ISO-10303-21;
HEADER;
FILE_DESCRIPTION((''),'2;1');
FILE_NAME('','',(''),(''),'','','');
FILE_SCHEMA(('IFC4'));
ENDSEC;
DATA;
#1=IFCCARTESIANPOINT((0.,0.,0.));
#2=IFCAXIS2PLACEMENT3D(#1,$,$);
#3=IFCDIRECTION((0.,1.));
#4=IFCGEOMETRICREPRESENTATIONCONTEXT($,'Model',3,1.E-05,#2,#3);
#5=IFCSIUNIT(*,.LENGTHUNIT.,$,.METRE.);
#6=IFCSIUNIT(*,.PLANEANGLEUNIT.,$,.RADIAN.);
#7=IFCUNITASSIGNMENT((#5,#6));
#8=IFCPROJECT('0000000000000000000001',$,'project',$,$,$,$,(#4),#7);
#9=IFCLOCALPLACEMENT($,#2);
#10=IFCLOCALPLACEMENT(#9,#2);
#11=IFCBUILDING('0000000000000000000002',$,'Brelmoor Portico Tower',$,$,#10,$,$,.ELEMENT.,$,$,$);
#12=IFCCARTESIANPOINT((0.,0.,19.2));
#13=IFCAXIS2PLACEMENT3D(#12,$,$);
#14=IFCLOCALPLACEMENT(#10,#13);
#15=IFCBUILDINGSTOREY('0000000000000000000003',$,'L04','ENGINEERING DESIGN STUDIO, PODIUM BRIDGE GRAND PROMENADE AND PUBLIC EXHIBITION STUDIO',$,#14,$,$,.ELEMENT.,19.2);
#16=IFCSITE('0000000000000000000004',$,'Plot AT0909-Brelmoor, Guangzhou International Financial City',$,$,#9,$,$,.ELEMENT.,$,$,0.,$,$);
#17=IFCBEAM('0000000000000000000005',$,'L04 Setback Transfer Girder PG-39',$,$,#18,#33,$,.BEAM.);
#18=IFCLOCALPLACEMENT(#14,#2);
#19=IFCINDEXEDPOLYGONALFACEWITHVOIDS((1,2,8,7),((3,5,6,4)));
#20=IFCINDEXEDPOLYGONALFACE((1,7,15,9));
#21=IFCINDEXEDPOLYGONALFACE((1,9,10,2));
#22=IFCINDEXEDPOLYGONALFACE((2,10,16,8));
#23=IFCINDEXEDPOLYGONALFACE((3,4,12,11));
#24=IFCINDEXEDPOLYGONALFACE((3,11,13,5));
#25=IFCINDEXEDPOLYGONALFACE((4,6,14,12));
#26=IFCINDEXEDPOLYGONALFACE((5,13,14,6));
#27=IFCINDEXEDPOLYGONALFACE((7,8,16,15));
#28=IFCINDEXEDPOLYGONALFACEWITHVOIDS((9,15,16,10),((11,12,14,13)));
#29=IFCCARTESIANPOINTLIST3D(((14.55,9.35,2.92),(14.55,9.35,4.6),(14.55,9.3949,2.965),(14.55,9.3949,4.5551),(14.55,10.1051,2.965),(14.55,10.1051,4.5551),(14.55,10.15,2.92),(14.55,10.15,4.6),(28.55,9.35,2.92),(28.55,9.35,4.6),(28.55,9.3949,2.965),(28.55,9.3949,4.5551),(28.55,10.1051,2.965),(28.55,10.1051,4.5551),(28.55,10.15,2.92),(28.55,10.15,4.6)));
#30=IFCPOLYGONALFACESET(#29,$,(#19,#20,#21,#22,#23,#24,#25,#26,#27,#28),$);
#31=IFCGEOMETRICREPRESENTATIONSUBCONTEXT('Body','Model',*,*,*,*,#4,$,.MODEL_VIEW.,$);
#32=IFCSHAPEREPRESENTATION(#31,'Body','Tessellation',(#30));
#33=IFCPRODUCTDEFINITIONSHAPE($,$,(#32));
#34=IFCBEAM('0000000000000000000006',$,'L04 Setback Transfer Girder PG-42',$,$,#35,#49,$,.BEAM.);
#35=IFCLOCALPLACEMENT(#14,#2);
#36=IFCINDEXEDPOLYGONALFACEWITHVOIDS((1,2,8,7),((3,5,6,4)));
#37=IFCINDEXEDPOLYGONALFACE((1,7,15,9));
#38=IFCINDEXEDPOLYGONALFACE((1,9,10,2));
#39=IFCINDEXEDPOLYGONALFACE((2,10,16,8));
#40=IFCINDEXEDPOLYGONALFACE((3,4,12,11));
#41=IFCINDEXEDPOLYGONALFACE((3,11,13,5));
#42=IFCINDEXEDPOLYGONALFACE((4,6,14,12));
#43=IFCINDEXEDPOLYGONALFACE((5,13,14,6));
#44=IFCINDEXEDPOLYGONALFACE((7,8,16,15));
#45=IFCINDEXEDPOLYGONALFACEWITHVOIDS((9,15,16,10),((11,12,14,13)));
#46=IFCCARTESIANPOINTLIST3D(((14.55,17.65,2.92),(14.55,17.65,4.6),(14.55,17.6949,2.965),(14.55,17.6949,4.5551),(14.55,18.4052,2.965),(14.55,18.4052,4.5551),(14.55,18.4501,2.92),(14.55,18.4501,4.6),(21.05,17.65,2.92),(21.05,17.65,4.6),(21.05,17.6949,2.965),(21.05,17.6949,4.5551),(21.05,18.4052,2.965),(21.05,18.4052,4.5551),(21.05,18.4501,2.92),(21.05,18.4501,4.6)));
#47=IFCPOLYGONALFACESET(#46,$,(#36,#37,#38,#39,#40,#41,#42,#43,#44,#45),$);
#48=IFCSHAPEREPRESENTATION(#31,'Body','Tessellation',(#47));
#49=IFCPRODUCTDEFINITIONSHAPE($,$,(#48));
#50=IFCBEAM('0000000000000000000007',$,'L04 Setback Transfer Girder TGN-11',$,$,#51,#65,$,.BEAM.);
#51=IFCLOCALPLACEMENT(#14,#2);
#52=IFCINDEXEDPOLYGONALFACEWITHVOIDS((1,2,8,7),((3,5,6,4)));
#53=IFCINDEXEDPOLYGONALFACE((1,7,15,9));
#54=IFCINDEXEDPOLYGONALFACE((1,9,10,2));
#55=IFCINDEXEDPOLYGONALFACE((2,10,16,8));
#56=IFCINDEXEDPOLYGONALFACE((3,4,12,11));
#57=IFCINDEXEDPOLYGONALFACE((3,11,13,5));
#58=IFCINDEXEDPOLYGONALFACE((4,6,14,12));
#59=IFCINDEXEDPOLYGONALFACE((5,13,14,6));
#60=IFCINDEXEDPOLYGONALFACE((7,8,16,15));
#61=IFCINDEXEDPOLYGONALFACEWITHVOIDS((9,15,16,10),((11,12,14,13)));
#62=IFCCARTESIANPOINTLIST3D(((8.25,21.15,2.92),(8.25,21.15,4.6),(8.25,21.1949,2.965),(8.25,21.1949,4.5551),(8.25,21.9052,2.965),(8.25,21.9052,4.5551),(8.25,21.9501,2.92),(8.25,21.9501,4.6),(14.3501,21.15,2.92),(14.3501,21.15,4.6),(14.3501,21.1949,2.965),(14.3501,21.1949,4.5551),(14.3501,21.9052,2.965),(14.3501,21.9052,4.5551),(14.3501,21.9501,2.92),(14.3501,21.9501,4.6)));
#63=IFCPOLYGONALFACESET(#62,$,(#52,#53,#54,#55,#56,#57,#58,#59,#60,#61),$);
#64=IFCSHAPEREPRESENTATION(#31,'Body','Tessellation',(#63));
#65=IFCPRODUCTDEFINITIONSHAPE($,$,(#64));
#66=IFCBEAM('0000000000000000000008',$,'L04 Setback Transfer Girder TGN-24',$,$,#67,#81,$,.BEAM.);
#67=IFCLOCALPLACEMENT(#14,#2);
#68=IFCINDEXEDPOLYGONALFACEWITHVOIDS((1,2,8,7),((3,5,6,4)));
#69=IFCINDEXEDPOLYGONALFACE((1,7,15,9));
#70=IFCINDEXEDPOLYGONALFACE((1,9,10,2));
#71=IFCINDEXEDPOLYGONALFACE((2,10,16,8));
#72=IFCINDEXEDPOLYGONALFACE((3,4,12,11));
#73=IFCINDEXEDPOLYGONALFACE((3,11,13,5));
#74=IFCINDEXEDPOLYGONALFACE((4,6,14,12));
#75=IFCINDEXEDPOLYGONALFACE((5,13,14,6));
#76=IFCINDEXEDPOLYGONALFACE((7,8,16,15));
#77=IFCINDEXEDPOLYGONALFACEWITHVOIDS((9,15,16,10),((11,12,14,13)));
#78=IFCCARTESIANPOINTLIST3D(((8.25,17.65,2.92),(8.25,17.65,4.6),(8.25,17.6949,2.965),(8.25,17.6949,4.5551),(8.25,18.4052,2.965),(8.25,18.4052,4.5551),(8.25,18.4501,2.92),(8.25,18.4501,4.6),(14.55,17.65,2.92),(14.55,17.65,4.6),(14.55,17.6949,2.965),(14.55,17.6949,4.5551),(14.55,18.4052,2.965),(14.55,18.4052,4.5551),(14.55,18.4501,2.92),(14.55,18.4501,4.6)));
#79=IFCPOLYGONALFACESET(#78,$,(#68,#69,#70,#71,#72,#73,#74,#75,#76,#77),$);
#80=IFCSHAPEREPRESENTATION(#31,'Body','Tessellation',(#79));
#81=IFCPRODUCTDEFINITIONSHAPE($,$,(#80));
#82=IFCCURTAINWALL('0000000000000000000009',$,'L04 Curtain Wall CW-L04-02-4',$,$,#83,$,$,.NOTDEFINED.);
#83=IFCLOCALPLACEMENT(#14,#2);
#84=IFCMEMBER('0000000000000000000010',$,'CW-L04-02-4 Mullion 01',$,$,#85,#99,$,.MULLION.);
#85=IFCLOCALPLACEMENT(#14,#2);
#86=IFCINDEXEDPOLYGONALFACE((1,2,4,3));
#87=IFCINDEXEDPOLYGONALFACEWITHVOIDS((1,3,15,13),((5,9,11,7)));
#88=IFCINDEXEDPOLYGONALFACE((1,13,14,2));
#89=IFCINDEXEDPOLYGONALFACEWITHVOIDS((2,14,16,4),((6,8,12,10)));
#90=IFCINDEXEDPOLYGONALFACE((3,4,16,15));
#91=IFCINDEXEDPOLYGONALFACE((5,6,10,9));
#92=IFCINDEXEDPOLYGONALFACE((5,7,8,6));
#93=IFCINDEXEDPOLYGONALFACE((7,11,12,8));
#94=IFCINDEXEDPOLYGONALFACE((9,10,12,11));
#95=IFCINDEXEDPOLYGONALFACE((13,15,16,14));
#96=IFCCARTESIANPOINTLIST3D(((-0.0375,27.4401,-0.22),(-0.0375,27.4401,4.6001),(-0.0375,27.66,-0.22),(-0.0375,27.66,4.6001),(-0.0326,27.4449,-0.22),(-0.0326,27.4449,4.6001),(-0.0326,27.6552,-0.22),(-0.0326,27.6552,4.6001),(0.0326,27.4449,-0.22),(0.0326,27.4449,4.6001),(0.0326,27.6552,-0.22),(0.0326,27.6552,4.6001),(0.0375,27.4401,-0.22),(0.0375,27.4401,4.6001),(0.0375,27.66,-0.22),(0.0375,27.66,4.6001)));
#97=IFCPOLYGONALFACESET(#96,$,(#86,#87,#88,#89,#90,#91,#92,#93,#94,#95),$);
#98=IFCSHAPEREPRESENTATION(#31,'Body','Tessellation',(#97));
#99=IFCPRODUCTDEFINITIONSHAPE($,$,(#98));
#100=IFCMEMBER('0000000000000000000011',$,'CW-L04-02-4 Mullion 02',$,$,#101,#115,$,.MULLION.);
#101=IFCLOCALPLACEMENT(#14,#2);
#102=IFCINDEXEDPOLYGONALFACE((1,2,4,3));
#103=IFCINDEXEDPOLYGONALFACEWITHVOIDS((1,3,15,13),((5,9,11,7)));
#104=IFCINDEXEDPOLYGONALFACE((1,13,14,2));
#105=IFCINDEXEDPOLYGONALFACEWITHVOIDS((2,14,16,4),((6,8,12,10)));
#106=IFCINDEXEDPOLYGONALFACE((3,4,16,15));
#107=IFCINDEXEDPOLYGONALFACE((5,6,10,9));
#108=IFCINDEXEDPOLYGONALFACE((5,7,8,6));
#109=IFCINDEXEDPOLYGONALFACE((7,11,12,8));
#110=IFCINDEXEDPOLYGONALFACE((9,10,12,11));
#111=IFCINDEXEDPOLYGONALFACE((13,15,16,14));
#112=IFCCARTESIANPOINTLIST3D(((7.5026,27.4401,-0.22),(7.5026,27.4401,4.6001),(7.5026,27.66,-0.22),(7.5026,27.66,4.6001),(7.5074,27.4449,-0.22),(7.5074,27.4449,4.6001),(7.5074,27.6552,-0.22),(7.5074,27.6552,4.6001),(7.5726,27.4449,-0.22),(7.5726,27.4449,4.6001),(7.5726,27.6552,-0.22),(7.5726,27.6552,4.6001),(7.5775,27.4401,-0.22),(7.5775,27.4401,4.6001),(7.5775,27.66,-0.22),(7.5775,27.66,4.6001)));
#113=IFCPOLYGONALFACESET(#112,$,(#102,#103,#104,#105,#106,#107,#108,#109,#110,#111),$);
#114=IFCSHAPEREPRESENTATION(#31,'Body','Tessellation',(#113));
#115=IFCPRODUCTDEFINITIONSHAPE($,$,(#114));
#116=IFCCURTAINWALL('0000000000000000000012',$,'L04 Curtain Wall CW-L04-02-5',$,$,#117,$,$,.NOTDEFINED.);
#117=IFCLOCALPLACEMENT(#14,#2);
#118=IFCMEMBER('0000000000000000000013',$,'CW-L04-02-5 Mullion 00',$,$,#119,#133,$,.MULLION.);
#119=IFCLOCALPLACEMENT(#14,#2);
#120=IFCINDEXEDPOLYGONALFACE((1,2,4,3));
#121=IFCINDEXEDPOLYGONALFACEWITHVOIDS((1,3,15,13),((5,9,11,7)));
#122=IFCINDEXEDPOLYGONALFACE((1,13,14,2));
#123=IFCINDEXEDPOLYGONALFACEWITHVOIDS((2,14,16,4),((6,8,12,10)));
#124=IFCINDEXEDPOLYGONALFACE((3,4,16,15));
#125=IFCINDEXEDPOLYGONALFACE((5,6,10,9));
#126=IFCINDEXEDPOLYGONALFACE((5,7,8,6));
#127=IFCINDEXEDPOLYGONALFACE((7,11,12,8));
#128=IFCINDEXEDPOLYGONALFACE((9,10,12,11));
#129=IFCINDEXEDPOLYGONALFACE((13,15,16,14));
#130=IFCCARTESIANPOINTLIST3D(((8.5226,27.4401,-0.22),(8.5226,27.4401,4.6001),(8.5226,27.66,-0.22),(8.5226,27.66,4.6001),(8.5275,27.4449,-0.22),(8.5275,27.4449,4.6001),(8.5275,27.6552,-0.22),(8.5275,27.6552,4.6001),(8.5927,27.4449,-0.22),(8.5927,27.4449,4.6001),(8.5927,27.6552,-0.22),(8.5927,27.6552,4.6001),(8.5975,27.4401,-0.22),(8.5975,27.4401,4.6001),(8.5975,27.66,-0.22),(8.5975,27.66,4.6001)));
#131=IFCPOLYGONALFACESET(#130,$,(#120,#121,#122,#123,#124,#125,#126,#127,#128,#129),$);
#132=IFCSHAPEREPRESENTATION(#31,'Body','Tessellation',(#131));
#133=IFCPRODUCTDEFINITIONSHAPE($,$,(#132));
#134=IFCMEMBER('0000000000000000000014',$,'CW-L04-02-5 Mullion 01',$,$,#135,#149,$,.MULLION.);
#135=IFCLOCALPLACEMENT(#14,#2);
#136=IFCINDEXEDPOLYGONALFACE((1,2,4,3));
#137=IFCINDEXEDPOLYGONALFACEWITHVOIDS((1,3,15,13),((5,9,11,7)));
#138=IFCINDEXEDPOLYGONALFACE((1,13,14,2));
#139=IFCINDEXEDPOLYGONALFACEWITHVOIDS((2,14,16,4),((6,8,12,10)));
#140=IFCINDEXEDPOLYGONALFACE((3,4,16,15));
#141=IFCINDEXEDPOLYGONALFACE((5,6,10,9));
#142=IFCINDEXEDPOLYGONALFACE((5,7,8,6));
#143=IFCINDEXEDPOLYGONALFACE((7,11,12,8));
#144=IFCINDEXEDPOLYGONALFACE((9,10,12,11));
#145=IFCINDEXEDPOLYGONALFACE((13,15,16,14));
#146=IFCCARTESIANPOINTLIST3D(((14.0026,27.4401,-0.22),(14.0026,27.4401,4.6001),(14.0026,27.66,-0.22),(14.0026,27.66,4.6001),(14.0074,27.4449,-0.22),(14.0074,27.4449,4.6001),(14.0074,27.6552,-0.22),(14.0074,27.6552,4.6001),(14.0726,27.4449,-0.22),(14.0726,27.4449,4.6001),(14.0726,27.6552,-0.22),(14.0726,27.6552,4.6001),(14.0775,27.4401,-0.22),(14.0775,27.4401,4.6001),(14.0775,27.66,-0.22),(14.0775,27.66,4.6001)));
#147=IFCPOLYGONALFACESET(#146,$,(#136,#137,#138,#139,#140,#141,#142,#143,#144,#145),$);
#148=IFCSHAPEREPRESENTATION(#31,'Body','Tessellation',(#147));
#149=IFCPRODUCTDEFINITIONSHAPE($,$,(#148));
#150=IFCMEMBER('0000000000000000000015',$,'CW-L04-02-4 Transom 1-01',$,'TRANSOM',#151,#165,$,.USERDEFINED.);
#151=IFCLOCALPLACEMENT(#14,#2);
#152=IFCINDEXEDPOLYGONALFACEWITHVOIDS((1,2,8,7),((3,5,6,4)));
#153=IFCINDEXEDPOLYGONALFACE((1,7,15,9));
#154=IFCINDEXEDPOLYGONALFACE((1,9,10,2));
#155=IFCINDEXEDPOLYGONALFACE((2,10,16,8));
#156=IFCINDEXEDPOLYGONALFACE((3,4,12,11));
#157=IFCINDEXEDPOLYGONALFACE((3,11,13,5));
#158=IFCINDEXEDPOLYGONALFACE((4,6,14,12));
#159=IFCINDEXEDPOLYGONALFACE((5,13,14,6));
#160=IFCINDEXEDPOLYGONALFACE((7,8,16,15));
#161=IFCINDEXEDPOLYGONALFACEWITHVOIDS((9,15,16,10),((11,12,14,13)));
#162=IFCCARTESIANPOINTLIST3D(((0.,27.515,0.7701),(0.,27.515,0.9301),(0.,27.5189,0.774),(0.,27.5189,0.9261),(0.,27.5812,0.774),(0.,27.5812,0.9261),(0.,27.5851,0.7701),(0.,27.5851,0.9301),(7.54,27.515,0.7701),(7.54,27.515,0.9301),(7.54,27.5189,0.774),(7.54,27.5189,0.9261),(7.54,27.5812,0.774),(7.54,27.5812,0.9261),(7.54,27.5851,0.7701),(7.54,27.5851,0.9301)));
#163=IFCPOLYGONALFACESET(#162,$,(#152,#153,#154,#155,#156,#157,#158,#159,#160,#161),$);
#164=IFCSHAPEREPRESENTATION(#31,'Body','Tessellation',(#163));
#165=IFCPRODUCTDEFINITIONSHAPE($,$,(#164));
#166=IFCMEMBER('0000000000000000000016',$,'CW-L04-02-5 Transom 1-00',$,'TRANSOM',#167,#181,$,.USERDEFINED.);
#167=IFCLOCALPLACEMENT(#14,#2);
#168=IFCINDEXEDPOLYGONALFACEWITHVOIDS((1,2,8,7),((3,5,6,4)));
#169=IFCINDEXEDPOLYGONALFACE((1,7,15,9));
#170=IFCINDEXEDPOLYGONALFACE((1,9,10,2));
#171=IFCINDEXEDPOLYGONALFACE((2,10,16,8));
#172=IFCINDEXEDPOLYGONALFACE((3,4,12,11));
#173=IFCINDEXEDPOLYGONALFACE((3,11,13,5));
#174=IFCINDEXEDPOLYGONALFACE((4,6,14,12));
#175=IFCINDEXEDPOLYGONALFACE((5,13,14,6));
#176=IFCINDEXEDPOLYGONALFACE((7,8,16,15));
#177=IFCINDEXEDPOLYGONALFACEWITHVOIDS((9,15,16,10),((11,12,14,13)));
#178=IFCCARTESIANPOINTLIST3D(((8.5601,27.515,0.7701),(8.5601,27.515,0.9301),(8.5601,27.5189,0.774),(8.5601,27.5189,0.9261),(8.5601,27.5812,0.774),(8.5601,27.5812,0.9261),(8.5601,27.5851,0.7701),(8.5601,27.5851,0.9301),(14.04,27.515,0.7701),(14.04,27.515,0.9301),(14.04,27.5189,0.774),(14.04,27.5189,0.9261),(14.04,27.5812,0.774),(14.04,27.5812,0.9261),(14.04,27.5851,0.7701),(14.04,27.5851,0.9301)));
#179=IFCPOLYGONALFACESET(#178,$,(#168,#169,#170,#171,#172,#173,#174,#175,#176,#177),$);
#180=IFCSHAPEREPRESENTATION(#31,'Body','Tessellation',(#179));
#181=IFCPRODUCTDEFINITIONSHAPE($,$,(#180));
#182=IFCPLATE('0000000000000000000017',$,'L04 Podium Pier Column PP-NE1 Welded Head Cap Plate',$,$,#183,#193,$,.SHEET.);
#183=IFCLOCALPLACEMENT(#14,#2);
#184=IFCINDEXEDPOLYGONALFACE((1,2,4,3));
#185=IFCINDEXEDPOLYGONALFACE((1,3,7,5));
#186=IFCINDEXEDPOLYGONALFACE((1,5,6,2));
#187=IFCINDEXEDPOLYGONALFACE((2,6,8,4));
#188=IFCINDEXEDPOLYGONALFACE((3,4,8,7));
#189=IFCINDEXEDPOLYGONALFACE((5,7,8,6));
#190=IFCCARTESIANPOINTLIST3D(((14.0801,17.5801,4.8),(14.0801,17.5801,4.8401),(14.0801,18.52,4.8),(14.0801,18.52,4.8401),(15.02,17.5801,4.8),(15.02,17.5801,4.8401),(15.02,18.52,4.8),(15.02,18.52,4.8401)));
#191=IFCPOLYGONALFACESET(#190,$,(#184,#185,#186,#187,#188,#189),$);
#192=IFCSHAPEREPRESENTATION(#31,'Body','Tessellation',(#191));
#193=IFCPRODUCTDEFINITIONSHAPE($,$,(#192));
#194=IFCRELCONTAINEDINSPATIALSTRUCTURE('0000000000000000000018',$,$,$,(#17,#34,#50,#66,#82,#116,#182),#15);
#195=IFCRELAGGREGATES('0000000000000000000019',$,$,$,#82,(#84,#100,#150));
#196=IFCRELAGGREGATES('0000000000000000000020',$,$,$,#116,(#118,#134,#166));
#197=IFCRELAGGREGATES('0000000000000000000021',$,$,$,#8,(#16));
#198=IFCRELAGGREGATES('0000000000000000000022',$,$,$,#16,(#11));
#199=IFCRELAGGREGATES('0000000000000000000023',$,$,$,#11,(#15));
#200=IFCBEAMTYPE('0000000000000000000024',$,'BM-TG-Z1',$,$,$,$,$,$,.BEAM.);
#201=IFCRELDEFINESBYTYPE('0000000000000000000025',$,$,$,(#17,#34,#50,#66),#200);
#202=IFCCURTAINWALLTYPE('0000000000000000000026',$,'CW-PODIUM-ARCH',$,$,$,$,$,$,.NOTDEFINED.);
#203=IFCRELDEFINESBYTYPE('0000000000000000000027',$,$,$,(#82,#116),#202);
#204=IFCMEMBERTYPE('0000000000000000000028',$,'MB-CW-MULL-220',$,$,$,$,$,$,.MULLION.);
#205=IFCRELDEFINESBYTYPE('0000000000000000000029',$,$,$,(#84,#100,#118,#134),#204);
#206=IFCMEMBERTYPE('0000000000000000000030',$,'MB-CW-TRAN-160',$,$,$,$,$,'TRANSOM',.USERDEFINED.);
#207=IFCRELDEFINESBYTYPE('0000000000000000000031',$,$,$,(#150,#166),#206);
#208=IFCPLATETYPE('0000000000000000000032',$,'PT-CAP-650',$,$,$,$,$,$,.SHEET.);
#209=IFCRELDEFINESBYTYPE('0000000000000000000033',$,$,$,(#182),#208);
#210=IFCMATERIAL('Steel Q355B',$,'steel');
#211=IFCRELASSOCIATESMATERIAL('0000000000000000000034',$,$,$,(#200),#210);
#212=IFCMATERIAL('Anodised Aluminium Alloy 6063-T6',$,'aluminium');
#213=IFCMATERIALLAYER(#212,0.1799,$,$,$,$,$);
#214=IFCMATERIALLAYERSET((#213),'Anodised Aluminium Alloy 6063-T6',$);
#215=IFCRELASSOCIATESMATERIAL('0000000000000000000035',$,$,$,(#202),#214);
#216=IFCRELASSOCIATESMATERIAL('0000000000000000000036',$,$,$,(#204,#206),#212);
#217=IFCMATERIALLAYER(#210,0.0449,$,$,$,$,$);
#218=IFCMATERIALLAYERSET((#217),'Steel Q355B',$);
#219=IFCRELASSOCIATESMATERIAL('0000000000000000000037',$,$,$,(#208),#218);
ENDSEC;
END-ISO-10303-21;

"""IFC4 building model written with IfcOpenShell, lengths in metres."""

from ifc_helpers import new_model, si_unit, direction, frame, origin, origin_2d, place, context, subcontext, project, spatial, rectangle, hollow_rectangle, extrude, material, layer, layer_set, material_profile, profile_set, type_object, element, aggregate, save


model = new_model("IFC4")

# Units and contexts
model_context = context("Model", 3, precision=1e-05, world=origin(), true_north=direction((0.0, 1.0)))
body_context = subcontext(model_context, "Body", "Model", "MODEL_VIEW")
ifc_project = project(units=[si_unit("LENGTHUNIT", "METRE"), si_unit("PLANEANGLEUNIT", "RADIAN")], contexts=[model_context])

# Site, building, storey
site_placement = place(None, origin())
site = spatial("IfcSite", under=ifc_project, at=site_placement, Name="Plot AT0909-Brelmoor, Guangzhou International Financial City", CompositionType="ELEMENT", RefElevation=0.0)
building_placement = place(site_placement, origin())
building = spatial("IfcBuilding", under=site, at=building_placement, Name="Brelmoor Portico Tower", CompositionType="ELEMENT")
storey_placement = place(building_placement, frame((0.0, 0.0, 19.2)))
storey = spatial("IfcBuildingStorey", under=building, at=storey_placement, Name="L04", Description="ENGINEERING DESIGN STUDIO, PODIUM BRIDGE GRAND PROMENADE AND PUBLIC EXHIBITION STUDIO", CompositionType="ELEMENT", Elevation=19.2)

# Shared definitions
ifc_material_1 = material(Name="Steel Q355B", Category="steel")

# Beams
ifc_material_profile_1 = material_profile(ifc_material_1, hollow_rectangle(XDim=0.8, YDim=1.6799, WallThickness=0.0449, at=origin_2d()), Name="BOX 800x1680x45")
ifc_profile_set_1 = profile_set([ifc_material_profile_1], Name="Steel Q355B")
beam_type = type_object("IfcBeamType", Name="BM-TG-Z1", PredefinedType="BEAM", material=ifc_profile_set_1)
beam_1_placement = place(storey_placement, frame((14.55, 9.75, 3.76), z_axis=(1.0, 0.0, 0.0), x_axis=(0.0, 1.0, 0.0)))
element("IfcBeam", 1, at=beam_1_placement, inside=storey, type_object=beam_type, Name="L04 Setback Transfer Girder PG-39", PredefinedType="BEAM", context=body_context, shape_type="SweptSolid", body=[
    extrude(hollow_rectangle(XDim=0.8, YDim=1.6799, WallThickness=0.0449, at=origin_2d()), origin(), (0.0, 0.0, 1.0), 14.0),
])
beam_2_placement = place(storey_placement, frame((14.55, 18.05, 3.76), z_axis=(1.0, 0.0, 0.0), x_axis=(0.0, 1.0, 0.0)))
element("IfcBeam", 2, at=beam_2_placement, inside=storey, type_object=beam_type, Name="L04 Setback Transfer Girder PG-42", PredefinedType="BEAM", context=body_context, shape_type="SweptSolid", body=[
    extrude(hollow_rectangle(XDim=0.8, YDim=1.6799, WallThickness=0.0449, at=origin_2d()), origin(), (0.0, 0.0, 1.0), 6.5),
])
beam_3_placement = place(storey_placement, frame((8.25, 21.55, 3.76), z_axis=(1.0, 0.0, 0.0), x_axis=(0.0, 1.0, 0.0)))
element("IfcBeam", 3, at=beam_3_placement, inside=storey, type_object=beam_type, Name="L04 Setback Transfer Girder TGN-11", PredefinedType="BEAM", context=body_context, shape_type="SweptSolid", body=[
    extrude(hollow_rectangle(XDim=0.8, YDim=1.6799, WallThickness=0.0449, at=origin_2d()), origin(), (0.0, 0.0, 1.0), 6.1001),
])
beam_4_placement = place(storey_placement, frame((8.25, 18.05, 3.76), z_axis=(1.0, 0.0, 0.0), x_axis=(0.0, 1.0, 0.0)))
element("IfcBeam", 4, at=beam_4_placement, inside=storey, type_object=beam_type, Name="L04 Setback Transfer Girder TGN-24", PredefinedType="BEAM", context=body_context, shape_type="SweptSolid", body=[
    extrude(hollow_rectangle(XDim=0.8, YDim=1.6799, WallThickness=0.0449, at=origin_2d()), origin(), (0.0, 0.0, 1.0), 6.3),
])

# Curtain walls, members
ifc_material_2 = material(Name="Anodised Aluminium Alloy 6063-T6", Category="aluminium")
ifc_layer_1 = layer(ifc_material_2, 0.1799)
ifc_layer_set_1 = layer_set([ifc_layer_1], Name="Anodised Aluminium Alloy 6063-T6")
curtain_wall_type = type_object("IfcCurtainWallType", Name="CW-PODIUM-ARCH", PredefinedType="NOTDEFINED", material=ifc_layer_set_1)
curtain_wall_1_placement = place(storey_placement, origin())
curtain_wall_1 = element("IfcCurtainWall", 5, at=curtain_wall_1_placement, inside=storey, type_object=curtain_wall_type, Name="L04 Curtain Wall CW-L04-02-4", PredefinedType="NOTDEFINED")
ifc_material_profile_2 = material_profile(ifc_material_2, hollow_rectangle(XDim=0.075, YDim=0.22, WallThickness=0.0049, at=origin_2d()), Name="ALU MULLION 75x220")
ifc_profile_set_2 = profile_set([ifc_material_profile_2], Name="Anodised Aluminium Alloy 6063-T6")
member_type_1 = type_object("IfcMemberType", Name="MB-CW-MULL-220", PredefinedType="MULLION", material=ifc_profile_set_2)
member_1_placement = place(storey_placement, frame((0.0, 27.55, -0.22), z_axis=(0.0, 0.0, 1.0), x_axis=(1.0, 0.0, 0.0)))
member_1 = element("IfcMember", 6, at=member_1_placement, type_object=member_type_1, Name="CW-L04-02-4 Mullion 01", PredefinedType="MULLION", context=body_context, shape_type="SweptSolid", body=[
    extrude(hollow_rectangle(XDim=0.075, YDim=0.22, WallThickness=0.0049, at=origin_2d()), origin(), (0.0, 0.0, 1.0), 4.8201),
])
member_2_placement = place(storey_placement, frame((7.54, 27.55, -0.22), z_axis=(0.0, 0.0, 1.0), x_axis=(1.0, 0.0, 0.0)))
member_2 = element("IfcMember", 7, at=member_2_placement, type_object=member_type_1, Name="CW-L04-02-4 Mullion 02", PredefinedType="MULLION", context=body_context, shape_type="SweptSolid", body=[
    extrude(hollow_rectangle(XDim=0.075, YDim=0.22, WallThickness=0.0049, at=origin_2d()), origin(), (0.0, 0.0, 1.0), 4.8201),
])
curtain_wall_2_placement = place(storey_placement, origin())
curtain_wall_2 = element("IfcCurtainWall", 8, at=curtain_wall_2_placement, inside=storey, type_object=curtain_wall_type, Name="L04 Curtain Wall CW-L04-02-5", PredefinedType="NOTDEFINED")
member_3_placement = place(storey_placement, frame((8.5601, 27.55, -0.22), z_axis=(0.0, 0.0, 1.0), x_axis=(1.0, 0.0, 0.0)))
member_3 = element("IfcMember", 9, at=member_3_placement, type_object=member_type_1, Name="CW-L04-02-5 Mullion 00", PredefinedType="MULLION", context=body_context, shape_type="SweptSolid", body=[
    extrude(hollow_rectangle(XDim=0.075, YDim=0.22, WallThickness=0.0049, at=origin_2d()), origin(), (0.0, 0.0, 1.0), 4.8201),
])
member_4_placement = place(storey_placement, frame((14.04, 27.55, -0.22), z_axis=(0.0, 0.0, 1.0), x_axis=(1.0, 0.0, 0.0)))
member_4 = element("IfcMember", 10, at=member_4_placement, type_object=member_type_1, Name="CW-L04-02-5 Mullion 01", PredefinedType="MULLION", context=body_context, shape_type="SweptSolid", body=[
    extrude(hollow_rectangle(XDim=0.075, YDim=0.22, WallThickness=0.0049, at=origin_2d()), origin(), (0.0, 0.0, 1.0), 4.8201),
])

# Members
ifc_material_profile_3 = material_profile(ifc_material_2, hollow_rectangle(XDim=0.0701, YDim=0.1599, WallThickness=0.0039, at=origin_2d()), Name="ALU TRANSOM 70x160")
ifc_profile_set_3 = profile_set([ifc_material_profile_3], Name="Anodised Aluminium Alloy 6063-T6")
member_type_2 = type_object("IfcMemberType", Name="MB-CW-TRAN-160", ElementType="TRANSOM", PredefinedType="USERDEFINED", material=ifc_profile_set_3)
member_5_placement = place(storey_placement, frame((0.0, 27.55, 0.8501), z_axis=(1.0, 0.0, 0.0), x_axis=(0.0, 1.0, 0.0)))
member_5 = element("IfcMember", 11, at=member_5_placement, type_object=member_type_2, Name="CW-L04-02-4 Transom 1-01", ObjectType="TRANSOM", PredefinedType="USERDEFINED", context=body_context, shape_type="SweptSolid", body=[
    extrude(hollow_rectangle(XDim=0.0701, YDim=0.1599, WallThickness=0.0039, at=origin_2d()), origin(), (0.0, 0.0, 1.0), 7.54),
])
member_6_placement = place(storey_placement, frame((8.5601, 27.55, 0.8501), z_axis=(1.0, 0.0, 0.0), x_axis=(0.0, 1.0, 0.0)))
member_6 = element("IfcMember", 12, at=member_6_placement, type_object=member_type_2, Name="CW-L04-02-5 Transom 1-00", ObjectType="TRANSOM", PredefinedType="USERDEFINED", context=body_context, shape_type="SweptSolid", body=[
    extrude(hollow_rectangle(XDim=0.0701, YDim=0.1599, WallThickness=0.0039, at=origin_2d()), origin(), (0.0, 0.0, 1.0), 5.48),
])

# Plate
ifc_layer_2 = layer(ifc_material_1, 0.0449)
ifc_layer_set_2 = layer_set([ifc_layer_2], Name="Steel Q355B")
plate_type_1 = type_object("IfcPlateType", Name="PT-CAP-650", PredefinedType="SHEET", material=ifc_layer_set_2)
plate_1_placement = place(storey_placement, frame((14.55, 18.05, 4.8), z_axis=(0.0, 0.0, 1.0), x_axis=(1.0, 0.0, 0.0)))
element("IfcPlate", 13, at=plate_1_placement, inside=storey, type_object=plate_type_1, Name="L04 Podium Pier Column PP-NE1 Welded Head Cap Plate", PredefinedType="SHEET", context=body_context, shape_type="SweptSolid", body=[
    extrude(rectangle(XDim=0.9399, YDim=0.9399, at=origin_2d()), origin(), (0.0, 0.0, 1.0), 0.04),
])

aggregate(curtain_wall_1, [member_1, member_2, member_5])
aggregate(curtain_wall_2, [member_3, member_4, member_6])

save(model, "model.ifc")
